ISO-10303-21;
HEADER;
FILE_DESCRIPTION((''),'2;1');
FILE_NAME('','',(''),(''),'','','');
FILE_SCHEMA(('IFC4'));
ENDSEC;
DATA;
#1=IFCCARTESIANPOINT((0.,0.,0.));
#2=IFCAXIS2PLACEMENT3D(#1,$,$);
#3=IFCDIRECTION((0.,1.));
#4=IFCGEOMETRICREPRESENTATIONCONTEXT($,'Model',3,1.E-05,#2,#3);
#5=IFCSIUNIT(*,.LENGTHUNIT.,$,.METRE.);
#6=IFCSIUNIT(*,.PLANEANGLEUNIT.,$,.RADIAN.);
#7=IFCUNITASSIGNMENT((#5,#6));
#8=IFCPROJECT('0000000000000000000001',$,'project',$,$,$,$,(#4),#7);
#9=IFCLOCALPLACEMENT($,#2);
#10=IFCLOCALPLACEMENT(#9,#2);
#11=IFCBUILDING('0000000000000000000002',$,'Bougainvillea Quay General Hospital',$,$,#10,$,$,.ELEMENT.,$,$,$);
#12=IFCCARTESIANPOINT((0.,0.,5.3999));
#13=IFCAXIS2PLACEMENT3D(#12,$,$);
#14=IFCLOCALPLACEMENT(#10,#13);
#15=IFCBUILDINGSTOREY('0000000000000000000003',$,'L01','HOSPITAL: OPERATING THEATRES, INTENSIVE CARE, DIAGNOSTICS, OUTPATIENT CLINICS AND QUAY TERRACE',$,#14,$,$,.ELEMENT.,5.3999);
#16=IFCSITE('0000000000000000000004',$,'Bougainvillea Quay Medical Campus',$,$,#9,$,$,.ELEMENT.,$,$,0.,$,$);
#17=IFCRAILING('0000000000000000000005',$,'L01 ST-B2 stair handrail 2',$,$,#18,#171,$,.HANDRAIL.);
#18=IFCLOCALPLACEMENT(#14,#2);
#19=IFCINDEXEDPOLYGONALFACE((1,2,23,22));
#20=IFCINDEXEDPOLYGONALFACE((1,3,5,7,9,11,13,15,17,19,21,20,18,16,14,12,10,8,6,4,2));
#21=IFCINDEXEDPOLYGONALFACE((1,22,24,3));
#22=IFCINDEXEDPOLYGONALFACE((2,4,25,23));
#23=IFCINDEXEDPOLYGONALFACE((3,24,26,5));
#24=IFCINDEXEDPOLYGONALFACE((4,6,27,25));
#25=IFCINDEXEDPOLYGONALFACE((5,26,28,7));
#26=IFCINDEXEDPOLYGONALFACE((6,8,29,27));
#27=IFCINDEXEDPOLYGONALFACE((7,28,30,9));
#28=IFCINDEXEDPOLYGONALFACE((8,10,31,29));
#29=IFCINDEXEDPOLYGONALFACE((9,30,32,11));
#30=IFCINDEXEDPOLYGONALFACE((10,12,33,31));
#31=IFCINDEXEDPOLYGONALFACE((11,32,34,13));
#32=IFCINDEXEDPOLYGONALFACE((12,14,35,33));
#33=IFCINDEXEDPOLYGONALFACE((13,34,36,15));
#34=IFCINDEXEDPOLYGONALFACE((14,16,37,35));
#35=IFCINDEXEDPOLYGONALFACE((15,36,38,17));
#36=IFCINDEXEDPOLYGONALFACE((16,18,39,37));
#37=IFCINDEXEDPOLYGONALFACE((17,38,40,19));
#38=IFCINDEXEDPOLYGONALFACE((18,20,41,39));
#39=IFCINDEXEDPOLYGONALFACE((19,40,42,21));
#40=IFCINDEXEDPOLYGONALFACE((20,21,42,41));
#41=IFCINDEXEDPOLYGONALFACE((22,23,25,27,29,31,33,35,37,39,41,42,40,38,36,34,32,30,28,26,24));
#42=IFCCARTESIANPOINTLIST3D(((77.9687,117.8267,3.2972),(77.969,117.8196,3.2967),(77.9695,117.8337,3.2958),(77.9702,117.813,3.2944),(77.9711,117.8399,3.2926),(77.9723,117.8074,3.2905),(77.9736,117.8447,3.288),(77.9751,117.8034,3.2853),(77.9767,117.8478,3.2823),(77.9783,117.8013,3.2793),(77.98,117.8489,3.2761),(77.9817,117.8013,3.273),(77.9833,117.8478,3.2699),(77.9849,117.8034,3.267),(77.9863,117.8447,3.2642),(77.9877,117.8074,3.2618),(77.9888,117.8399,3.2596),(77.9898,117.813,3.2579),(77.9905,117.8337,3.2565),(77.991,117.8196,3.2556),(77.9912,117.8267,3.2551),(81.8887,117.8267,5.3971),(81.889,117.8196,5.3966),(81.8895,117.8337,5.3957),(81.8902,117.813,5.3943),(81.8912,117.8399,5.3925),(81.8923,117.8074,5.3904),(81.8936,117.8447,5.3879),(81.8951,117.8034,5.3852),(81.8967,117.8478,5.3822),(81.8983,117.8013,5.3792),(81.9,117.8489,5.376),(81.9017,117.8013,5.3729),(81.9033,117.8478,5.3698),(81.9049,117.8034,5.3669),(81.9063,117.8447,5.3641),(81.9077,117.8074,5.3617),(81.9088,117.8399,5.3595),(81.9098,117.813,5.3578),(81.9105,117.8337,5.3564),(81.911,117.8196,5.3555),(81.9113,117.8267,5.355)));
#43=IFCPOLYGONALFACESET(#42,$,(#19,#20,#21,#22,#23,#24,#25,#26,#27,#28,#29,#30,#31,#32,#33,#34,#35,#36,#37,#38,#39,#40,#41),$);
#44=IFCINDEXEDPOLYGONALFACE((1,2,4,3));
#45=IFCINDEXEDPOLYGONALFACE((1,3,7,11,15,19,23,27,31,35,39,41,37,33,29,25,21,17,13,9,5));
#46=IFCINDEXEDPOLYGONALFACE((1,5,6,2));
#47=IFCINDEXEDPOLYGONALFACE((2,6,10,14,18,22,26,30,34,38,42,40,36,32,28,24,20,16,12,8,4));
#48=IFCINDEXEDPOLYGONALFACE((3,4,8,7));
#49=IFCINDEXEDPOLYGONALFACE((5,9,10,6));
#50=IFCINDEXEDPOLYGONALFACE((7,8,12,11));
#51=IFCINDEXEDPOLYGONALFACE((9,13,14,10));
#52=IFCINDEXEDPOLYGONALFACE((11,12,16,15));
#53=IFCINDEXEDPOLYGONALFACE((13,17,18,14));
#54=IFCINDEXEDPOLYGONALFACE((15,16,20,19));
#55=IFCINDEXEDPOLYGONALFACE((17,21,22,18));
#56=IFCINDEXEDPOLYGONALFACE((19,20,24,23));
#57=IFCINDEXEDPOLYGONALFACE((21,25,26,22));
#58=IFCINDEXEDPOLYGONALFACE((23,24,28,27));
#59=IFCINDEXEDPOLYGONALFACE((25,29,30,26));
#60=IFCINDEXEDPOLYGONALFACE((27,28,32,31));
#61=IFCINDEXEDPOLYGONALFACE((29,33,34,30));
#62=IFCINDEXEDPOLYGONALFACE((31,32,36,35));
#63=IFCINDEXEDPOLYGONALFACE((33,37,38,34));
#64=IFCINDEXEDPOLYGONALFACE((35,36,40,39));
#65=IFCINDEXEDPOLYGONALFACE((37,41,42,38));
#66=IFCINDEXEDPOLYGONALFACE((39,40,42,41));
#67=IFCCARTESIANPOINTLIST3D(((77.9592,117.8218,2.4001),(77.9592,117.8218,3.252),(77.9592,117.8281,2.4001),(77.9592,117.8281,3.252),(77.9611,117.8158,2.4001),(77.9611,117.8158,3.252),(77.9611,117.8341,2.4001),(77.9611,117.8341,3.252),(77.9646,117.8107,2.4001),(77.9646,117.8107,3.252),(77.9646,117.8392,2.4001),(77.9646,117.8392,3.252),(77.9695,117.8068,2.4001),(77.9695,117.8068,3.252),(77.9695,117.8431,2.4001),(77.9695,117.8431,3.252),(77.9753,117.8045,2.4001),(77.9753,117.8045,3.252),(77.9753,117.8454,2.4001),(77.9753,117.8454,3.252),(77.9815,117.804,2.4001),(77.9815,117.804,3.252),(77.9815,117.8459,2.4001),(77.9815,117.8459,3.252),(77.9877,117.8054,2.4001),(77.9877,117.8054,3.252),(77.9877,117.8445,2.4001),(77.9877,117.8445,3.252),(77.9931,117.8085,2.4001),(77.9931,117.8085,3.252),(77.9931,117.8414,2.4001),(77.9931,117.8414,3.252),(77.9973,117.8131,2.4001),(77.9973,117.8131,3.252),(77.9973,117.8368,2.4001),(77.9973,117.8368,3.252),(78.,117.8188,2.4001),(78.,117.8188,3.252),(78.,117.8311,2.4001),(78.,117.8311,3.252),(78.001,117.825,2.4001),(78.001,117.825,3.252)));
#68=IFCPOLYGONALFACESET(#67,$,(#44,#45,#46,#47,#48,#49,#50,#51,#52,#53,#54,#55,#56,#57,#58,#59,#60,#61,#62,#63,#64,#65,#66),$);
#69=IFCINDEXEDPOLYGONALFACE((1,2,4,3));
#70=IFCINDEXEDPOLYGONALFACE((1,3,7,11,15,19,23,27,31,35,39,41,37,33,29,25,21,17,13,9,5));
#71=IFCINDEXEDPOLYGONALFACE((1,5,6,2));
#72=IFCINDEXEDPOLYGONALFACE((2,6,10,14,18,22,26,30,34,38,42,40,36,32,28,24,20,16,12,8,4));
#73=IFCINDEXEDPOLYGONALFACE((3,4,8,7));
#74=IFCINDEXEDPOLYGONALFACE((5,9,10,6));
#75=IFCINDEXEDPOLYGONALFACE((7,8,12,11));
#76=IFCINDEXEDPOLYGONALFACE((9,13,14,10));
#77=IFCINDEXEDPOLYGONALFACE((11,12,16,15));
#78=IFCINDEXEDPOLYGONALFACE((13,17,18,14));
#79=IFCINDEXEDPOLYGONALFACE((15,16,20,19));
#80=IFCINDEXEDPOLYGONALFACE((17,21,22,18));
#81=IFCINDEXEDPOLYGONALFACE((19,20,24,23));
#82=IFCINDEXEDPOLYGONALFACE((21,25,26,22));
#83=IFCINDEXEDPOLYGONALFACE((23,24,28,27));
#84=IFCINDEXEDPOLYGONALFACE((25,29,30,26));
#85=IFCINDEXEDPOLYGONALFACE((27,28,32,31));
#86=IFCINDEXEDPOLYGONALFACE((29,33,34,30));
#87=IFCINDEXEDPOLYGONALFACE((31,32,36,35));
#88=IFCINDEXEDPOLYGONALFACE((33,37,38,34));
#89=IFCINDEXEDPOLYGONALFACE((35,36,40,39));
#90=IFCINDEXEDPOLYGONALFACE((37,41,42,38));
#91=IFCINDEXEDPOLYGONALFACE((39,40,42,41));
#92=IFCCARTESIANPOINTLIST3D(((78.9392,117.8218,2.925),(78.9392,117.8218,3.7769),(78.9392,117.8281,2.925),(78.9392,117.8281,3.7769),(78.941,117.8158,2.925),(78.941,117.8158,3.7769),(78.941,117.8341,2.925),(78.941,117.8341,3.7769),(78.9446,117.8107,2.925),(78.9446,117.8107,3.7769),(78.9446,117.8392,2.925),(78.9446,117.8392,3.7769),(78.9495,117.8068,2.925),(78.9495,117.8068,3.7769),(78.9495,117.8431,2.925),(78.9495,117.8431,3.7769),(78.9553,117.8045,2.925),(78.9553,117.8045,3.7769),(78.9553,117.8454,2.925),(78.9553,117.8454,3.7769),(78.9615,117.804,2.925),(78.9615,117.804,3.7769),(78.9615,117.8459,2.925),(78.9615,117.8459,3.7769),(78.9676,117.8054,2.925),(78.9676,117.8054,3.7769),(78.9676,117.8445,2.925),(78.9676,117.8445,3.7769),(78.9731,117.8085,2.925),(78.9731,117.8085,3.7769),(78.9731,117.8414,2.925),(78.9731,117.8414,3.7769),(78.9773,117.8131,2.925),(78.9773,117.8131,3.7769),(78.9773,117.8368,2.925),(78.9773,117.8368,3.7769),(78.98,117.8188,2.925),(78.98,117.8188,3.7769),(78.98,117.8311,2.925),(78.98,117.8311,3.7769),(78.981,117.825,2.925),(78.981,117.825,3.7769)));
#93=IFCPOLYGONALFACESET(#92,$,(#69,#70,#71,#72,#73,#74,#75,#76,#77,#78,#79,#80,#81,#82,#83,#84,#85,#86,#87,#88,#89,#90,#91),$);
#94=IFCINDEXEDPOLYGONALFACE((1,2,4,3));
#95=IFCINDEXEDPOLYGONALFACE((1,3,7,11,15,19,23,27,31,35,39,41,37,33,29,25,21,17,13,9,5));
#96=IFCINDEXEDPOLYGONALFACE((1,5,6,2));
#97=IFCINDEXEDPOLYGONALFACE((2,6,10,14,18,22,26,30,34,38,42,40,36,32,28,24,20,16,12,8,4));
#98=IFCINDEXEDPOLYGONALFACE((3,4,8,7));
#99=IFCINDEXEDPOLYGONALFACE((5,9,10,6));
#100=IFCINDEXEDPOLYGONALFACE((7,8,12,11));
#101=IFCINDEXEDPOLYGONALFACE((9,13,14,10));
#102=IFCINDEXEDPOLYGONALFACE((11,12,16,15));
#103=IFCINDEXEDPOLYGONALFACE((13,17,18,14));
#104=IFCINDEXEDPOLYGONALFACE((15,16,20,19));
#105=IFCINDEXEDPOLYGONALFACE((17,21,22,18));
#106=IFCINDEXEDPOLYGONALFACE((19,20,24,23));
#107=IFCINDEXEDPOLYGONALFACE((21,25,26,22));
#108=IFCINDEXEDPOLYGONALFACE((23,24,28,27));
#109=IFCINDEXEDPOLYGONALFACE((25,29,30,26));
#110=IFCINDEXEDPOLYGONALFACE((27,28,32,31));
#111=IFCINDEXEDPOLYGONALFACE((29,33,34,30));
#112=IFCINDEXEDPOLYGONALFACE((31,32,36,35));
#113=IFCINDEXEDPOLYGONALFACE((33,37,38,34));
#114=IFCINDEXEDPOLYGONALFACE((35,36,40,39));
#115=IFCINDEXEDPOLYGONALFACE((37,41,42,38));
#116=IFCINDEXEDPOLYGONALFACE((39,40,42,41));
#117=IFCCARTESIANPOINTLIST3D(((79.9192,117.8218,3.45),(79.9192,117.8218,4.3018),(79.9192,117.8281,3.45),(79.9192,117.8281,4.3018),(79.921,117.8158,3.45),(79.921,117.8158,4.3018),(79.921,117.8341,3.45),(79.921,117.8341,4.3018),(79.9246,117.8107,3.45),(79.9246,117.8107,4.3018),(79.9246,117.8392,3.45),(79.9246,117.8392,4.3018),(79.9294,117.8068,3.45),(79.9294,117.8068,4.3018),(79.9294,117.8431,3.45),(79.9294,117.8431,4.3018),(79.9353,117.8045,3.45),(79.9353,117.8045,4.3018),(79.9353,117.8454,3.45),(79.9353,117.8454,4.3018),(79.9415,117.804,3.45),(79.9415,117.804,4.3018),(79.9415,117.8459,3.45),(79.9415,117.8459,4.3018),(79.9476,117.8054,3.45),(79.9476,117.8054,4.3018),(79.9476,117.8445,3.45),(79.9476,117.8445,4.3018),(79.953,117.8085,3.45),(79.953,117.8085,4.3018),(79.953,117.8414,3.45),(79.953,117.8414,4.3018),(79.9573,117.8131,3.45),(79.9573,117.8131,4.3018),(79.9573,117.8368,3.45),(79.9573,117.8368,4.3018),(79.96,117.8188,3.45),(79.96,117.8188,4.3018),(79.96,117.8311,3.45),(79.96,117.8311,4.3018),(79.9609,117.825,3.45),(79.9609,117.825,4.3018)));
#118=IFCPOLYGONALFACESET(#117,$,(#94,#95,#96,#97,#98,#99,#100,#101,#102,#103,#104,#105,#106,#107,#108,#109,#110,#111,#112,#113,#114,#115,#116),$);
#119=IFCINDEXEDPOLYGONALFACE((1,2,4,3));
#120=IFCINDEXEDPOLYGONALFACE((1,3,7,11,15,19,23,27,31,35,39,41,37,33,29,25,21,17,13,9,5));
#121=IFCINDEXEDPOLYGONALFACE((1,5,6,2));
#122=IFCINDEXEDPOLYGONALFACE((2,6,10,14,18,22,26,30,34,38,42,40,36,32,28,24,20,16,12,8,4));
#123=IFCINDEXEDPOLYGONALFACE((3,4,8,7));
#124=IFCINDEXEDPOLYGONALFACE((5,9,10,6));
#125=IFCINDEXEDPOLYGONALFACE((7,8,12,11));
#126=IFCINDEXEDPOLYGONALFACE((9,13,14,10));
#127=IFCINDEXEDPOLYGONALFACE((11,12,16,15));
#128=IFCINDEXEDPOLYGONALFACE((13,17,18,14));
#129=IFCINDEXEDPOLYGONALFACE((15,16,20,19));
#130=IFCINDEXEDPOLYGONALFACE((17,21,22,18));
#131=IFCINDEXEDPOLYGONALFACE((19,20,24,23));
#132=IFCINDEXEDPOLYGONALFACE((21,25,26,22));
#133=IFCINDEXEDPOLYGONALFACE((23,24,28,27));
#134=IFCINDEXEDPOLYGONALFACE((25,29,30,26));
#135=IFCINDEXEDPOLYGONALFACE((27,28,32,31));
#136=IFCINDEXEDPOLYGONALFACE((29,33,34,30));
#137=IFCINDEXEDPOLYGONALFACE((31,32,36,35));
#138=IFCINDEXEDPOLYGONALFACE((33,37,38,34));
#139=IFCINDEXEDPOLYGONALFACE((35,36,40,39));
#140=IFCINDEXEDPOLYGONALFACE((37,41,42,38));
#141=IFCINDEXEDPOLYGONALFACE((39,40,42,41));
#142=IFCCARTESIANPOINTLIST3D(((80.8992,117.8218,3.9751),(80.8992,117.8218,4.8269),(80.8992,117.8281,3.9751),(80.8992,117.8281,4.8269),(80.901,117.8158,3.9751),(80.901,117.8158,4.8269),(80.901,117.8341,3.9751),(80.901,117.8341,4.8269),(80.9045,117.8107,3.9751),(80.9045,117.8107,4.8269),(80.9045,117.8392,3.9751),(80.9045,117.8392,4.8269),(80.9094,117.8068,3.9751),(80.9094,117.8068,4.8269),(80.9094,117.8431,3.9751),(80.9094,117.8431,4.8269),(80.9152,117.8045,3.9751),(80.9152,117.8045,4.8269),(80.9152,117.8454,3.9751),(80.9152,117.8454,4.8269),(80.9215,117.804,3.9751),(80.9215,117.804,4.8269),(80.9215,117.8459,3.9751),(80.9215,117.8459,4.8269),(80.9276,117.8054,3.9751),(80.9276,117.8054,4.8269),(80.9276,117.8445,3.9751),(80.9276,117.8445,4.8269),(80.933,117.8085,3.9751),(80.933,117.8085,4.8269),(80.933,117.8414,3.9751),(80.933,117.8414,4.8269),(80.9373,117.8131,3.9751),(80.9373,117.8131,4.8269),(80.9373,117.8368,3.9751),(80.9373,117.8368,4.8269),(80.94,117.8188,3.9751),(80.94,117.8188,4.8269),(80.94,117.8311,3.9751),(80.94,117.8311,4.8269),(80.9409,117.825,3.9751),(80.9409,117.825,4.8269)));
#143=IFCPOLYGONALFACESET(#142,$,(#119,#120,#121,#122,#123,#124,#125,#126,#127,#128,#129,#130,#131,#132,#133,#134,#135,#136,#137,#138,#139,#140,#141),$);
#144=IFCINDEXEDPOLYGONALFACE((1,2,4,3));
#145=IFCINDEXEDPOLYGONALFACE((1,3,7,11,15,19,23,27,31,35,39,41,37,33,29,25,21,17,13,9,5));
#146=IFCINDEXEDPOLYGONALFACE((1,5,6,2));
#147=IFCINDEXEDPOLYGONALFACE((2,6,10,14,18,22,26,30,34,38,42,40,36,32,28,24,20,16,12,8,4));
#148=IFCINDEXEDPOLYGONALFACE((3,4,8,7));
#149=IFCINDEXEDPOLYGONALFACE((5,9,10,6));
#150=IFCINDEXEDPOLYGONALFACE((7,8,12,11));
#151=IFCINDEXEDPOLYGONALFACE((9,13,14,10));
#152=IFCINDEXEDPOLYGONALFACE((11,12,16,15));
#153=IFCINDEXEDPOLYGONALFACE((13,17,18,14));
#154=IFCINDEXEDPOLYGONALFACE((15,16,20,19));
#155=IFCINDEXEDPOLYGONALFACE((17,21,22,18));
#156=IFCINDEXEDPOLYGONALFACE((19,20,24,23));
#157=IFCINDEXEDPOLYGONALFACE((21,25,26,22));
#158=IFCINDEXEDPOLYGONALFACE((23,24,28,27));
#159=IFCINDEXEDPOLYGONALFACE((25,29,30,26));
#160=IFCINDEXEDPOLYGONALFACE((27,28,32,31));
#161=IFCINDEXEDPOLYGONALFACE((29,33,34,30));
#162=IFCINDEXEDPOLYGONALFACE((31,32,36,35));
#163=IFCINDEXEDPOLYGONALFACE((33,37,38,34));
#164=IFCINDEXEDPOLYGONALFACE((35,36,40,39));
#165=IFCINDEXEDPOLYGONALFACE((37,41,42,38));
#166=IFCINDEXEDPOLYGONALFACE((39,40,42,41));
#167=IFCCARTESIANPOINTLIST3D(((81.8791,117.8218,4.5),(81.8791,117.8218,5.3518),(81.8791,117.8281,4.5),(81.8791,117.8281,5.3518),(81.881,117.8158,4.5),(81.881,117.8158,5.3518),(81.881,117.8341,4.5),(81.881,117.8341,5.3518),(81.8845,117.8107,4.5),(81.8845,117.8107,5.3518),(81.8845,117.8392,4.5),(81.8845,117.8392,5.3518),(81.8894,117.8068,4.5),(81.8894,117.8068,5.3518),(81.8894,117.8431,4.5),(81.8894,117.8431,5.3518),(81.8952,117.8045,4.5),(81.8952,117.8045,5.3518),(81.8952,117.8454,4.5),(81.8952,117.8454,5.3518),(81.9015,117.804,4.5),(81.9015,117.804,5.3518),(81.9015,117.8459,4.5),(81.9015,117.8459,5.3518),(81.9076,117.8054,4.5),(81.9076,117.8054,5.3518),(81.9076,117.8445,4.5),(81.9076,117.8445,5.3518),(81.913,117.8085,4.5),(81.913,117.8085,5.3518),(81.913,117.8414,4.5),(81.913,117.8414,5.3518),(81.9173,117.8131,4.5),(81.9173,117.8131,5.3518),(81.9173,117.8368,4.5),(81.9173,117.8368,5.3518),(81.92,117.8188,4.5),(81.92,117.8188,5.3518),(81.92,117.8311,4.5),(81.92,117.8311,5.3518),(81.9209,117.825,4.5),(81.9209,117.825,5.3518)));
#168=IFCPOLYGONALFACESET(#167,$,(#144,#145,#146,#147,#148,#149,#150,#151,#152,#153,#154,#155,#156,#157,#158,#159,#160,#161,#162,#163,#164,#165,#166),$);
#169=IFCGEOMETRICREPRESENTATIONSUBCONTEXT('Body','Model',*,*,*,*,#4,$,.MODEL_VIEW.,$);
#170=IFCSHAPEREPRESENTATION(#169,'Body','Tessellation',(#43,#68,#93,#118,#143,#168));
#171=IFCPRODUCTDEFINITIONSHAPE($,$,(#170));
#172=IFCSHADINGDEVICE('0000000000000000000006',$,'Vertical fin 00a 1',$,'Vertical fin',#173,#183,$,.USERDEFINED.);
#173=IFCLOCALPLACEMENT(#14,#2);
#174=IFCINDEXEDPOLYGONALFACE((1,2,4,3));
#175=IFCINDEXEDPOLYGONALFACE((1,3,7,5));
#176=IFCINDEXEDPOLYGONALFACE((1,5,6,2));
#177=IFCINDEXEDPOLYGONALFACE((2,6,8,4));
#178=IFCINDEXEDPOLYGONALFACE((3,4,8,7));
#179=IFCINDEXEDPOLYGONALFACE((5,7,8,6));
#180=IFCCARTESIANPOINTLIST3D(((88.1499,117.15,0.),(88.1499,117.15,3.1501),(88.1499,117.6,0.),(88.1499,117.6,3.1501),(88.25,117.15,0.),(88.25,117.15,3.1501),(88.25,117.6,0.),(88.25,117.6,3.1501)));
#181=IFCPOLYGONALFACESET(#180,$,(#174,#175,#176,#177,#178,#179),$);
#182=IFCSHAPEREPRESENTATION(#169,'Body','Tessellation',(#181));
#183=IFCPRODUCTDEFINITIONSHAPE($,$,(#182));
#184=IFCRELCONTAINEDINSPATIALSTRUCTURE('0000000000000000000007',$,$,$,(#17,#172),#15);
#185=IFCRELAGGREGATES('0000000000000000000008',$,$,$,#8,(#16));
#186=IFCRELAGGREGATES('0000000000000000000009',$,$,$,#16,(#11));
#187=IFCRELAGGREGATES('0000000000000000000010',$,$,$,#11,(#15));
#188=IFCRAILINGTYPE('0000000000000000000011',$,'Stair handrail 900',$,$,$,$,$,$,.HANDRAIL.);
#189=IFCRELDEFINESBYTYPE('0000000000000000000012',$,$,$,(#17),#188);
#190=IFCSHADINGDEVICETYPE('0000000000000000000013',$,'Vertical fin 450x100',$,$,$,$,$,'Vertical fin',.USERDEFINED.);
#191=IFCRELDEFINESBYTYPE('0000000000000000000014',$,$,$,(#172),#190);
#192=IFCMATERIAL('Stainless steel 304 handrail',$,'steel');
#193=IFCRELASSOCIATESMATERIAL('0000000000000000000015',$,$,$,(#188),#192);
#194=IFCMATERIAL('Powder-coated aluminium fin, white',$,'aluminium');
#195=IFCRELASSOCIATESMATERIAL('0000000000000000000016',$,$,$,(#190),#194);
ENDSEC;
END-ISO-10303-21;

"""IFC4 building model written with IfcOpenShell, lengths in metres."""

from ifc_helpers import new_model, si_unit, direction, frame, origin, origin_2d, place, context, subcontext, project, spatial, rectangle, circle, extrude, material, material_profile, profile_set, type_object, element, save


model = new_model("IFC4")

# Units and contexts
model_context = context("Model", 3, precision=1e-05, world=origin(), true_north=direction((0.0, 1.0)))
body_context = subcontext(model_context, "Body", "Model", "MODEL_VIEW")
ifc_project = project(units=[si_unit("LENGTHUNIT", "METRE"), si_unit("PLANEANGLEUNIT", "RADIAN")], contexts=[model_context])

# Site, building, storey
site_placement = place(None, origin())
site = spatial("IfcSite", under=ifc_project, at=site_placement, Name="Bougainvillea Quay Medical Campus", CompositionType="ELEMENT", RefElevation=0.0)
building_placement = place(site_placement, origin())
building = spatial("IfcBuilding", under=site, at=building_placement, Name="Bougainvillea Quay General Hospital", CompositionType="ELEMENT")
storey_placement = place(building_placement, frame((0.0, 0.0, 5.3999)))
storey = spatial("IfcBuildingStorey", under=building, at=storey_placement, Name="L01", Description="HOSPITAL: OPERATING THEATRES, INTENSIVE CARE, DIAGNOSTICS, OUTPATIENT CLINICS AND QUAY TERRACE", CompositionType="ELEMENT", Elevation=5.3999)

# Railing
ifc_material_1 = material(Name="Stainless steel 304 handrail", Category="steel")
railing_type_1 = type_object("IfcRailingType", Name="Stair handrail 900", PredefinedType="HANDRAIL", material=ifc_material_1)
railing_1_placement = place(storey_placement, frame((77.98, 117.825, 2.4001)))
element("IfcRailing", 1, at=railing_1_placement, inside=storey, type_object=railing_type_1, Name="L01 ST-B2 stair handrail 2", PredefinedType="HANDRAIL", context=body_context, shape_type="SweptSolid", body=[
    extrude(circle(Radius=0.0239, at=origin_2d()), frame((0.0, 0.0, 0.876), z_axis=(0.88149, 0.0, 0.472203), x_axis=(0.0, 1.0, 0.0)), (0.0, 0.0, 1.0), 4.447),
    extrude(circle(Radius=0.021, at=origin_2d()), origin(), (0.0, 0.0, 1.0), 0.8518),
    extrude(circle(Radius=0.021, at=origin_2d()), frame((0.98, 0.0, 0.5249)), (0.0, 0.0, 1.0), 0.8518),
    extrude(circle(Radius=0.021, at=origin_2d()), frame((1.96, 0.0, 1.0498)), (0.0, 0.0, 1.0), 0.8518),
    extrude(circle(Radius=0.021, at=origin_2d()), frame((2.9399, 0.0, 1.575)), (0.0, 0.0, 1.0), 0.8518),
    extrude(circle(Radius=0.021, at=origin_2d()), frame((3.9199, 0.0, 2.0999)), (0.0, 0.0, 1.0), 0.8518),
])

# Shading device
ifc_material_2 = material(Name="Powder-coated aluminium fin, white", Category="aluminium")
ifc_material_profile_1 = material_profile(ifc_material_2, rectangle(XDim=0.45, YDim=0.1001, at=origin_2d()))
ifc_profile_set_1 = profile_set([ifc_material_profile_1], Name="Powder-coated aluminium fin, white")
shading_device_type = type_object("IfcShadingDeviceType", Name="Vertical fin 450x100", ElementType="Vertical fin", PredefinedType="USERDEFINED", material=ifc_profile_set_1)
shading_device_placement = place(storey_placement, frame((88.2, 117.375, 0.0), z_axis=(0.0, 0.0, 1.0), x_axis=(0.0, -1.0, 0.0)))
element("IfcShadingDevice", 2, at=shading_device_placement, inside=storey, type_object=shading_device_type, Name="Vertical fin 00a 1", ObjectType="Vertical fin", PredefinedType="USERDEFINED", context=body_context, shape_type="SweptSolid", body=[
    extrude(rectangle(XDim=0.45, YDim=0.1001, at=origin_2d()), origin(), (0.0, 0.0, 1.0), 3.1501),
])

save(model, "model.ifc")
